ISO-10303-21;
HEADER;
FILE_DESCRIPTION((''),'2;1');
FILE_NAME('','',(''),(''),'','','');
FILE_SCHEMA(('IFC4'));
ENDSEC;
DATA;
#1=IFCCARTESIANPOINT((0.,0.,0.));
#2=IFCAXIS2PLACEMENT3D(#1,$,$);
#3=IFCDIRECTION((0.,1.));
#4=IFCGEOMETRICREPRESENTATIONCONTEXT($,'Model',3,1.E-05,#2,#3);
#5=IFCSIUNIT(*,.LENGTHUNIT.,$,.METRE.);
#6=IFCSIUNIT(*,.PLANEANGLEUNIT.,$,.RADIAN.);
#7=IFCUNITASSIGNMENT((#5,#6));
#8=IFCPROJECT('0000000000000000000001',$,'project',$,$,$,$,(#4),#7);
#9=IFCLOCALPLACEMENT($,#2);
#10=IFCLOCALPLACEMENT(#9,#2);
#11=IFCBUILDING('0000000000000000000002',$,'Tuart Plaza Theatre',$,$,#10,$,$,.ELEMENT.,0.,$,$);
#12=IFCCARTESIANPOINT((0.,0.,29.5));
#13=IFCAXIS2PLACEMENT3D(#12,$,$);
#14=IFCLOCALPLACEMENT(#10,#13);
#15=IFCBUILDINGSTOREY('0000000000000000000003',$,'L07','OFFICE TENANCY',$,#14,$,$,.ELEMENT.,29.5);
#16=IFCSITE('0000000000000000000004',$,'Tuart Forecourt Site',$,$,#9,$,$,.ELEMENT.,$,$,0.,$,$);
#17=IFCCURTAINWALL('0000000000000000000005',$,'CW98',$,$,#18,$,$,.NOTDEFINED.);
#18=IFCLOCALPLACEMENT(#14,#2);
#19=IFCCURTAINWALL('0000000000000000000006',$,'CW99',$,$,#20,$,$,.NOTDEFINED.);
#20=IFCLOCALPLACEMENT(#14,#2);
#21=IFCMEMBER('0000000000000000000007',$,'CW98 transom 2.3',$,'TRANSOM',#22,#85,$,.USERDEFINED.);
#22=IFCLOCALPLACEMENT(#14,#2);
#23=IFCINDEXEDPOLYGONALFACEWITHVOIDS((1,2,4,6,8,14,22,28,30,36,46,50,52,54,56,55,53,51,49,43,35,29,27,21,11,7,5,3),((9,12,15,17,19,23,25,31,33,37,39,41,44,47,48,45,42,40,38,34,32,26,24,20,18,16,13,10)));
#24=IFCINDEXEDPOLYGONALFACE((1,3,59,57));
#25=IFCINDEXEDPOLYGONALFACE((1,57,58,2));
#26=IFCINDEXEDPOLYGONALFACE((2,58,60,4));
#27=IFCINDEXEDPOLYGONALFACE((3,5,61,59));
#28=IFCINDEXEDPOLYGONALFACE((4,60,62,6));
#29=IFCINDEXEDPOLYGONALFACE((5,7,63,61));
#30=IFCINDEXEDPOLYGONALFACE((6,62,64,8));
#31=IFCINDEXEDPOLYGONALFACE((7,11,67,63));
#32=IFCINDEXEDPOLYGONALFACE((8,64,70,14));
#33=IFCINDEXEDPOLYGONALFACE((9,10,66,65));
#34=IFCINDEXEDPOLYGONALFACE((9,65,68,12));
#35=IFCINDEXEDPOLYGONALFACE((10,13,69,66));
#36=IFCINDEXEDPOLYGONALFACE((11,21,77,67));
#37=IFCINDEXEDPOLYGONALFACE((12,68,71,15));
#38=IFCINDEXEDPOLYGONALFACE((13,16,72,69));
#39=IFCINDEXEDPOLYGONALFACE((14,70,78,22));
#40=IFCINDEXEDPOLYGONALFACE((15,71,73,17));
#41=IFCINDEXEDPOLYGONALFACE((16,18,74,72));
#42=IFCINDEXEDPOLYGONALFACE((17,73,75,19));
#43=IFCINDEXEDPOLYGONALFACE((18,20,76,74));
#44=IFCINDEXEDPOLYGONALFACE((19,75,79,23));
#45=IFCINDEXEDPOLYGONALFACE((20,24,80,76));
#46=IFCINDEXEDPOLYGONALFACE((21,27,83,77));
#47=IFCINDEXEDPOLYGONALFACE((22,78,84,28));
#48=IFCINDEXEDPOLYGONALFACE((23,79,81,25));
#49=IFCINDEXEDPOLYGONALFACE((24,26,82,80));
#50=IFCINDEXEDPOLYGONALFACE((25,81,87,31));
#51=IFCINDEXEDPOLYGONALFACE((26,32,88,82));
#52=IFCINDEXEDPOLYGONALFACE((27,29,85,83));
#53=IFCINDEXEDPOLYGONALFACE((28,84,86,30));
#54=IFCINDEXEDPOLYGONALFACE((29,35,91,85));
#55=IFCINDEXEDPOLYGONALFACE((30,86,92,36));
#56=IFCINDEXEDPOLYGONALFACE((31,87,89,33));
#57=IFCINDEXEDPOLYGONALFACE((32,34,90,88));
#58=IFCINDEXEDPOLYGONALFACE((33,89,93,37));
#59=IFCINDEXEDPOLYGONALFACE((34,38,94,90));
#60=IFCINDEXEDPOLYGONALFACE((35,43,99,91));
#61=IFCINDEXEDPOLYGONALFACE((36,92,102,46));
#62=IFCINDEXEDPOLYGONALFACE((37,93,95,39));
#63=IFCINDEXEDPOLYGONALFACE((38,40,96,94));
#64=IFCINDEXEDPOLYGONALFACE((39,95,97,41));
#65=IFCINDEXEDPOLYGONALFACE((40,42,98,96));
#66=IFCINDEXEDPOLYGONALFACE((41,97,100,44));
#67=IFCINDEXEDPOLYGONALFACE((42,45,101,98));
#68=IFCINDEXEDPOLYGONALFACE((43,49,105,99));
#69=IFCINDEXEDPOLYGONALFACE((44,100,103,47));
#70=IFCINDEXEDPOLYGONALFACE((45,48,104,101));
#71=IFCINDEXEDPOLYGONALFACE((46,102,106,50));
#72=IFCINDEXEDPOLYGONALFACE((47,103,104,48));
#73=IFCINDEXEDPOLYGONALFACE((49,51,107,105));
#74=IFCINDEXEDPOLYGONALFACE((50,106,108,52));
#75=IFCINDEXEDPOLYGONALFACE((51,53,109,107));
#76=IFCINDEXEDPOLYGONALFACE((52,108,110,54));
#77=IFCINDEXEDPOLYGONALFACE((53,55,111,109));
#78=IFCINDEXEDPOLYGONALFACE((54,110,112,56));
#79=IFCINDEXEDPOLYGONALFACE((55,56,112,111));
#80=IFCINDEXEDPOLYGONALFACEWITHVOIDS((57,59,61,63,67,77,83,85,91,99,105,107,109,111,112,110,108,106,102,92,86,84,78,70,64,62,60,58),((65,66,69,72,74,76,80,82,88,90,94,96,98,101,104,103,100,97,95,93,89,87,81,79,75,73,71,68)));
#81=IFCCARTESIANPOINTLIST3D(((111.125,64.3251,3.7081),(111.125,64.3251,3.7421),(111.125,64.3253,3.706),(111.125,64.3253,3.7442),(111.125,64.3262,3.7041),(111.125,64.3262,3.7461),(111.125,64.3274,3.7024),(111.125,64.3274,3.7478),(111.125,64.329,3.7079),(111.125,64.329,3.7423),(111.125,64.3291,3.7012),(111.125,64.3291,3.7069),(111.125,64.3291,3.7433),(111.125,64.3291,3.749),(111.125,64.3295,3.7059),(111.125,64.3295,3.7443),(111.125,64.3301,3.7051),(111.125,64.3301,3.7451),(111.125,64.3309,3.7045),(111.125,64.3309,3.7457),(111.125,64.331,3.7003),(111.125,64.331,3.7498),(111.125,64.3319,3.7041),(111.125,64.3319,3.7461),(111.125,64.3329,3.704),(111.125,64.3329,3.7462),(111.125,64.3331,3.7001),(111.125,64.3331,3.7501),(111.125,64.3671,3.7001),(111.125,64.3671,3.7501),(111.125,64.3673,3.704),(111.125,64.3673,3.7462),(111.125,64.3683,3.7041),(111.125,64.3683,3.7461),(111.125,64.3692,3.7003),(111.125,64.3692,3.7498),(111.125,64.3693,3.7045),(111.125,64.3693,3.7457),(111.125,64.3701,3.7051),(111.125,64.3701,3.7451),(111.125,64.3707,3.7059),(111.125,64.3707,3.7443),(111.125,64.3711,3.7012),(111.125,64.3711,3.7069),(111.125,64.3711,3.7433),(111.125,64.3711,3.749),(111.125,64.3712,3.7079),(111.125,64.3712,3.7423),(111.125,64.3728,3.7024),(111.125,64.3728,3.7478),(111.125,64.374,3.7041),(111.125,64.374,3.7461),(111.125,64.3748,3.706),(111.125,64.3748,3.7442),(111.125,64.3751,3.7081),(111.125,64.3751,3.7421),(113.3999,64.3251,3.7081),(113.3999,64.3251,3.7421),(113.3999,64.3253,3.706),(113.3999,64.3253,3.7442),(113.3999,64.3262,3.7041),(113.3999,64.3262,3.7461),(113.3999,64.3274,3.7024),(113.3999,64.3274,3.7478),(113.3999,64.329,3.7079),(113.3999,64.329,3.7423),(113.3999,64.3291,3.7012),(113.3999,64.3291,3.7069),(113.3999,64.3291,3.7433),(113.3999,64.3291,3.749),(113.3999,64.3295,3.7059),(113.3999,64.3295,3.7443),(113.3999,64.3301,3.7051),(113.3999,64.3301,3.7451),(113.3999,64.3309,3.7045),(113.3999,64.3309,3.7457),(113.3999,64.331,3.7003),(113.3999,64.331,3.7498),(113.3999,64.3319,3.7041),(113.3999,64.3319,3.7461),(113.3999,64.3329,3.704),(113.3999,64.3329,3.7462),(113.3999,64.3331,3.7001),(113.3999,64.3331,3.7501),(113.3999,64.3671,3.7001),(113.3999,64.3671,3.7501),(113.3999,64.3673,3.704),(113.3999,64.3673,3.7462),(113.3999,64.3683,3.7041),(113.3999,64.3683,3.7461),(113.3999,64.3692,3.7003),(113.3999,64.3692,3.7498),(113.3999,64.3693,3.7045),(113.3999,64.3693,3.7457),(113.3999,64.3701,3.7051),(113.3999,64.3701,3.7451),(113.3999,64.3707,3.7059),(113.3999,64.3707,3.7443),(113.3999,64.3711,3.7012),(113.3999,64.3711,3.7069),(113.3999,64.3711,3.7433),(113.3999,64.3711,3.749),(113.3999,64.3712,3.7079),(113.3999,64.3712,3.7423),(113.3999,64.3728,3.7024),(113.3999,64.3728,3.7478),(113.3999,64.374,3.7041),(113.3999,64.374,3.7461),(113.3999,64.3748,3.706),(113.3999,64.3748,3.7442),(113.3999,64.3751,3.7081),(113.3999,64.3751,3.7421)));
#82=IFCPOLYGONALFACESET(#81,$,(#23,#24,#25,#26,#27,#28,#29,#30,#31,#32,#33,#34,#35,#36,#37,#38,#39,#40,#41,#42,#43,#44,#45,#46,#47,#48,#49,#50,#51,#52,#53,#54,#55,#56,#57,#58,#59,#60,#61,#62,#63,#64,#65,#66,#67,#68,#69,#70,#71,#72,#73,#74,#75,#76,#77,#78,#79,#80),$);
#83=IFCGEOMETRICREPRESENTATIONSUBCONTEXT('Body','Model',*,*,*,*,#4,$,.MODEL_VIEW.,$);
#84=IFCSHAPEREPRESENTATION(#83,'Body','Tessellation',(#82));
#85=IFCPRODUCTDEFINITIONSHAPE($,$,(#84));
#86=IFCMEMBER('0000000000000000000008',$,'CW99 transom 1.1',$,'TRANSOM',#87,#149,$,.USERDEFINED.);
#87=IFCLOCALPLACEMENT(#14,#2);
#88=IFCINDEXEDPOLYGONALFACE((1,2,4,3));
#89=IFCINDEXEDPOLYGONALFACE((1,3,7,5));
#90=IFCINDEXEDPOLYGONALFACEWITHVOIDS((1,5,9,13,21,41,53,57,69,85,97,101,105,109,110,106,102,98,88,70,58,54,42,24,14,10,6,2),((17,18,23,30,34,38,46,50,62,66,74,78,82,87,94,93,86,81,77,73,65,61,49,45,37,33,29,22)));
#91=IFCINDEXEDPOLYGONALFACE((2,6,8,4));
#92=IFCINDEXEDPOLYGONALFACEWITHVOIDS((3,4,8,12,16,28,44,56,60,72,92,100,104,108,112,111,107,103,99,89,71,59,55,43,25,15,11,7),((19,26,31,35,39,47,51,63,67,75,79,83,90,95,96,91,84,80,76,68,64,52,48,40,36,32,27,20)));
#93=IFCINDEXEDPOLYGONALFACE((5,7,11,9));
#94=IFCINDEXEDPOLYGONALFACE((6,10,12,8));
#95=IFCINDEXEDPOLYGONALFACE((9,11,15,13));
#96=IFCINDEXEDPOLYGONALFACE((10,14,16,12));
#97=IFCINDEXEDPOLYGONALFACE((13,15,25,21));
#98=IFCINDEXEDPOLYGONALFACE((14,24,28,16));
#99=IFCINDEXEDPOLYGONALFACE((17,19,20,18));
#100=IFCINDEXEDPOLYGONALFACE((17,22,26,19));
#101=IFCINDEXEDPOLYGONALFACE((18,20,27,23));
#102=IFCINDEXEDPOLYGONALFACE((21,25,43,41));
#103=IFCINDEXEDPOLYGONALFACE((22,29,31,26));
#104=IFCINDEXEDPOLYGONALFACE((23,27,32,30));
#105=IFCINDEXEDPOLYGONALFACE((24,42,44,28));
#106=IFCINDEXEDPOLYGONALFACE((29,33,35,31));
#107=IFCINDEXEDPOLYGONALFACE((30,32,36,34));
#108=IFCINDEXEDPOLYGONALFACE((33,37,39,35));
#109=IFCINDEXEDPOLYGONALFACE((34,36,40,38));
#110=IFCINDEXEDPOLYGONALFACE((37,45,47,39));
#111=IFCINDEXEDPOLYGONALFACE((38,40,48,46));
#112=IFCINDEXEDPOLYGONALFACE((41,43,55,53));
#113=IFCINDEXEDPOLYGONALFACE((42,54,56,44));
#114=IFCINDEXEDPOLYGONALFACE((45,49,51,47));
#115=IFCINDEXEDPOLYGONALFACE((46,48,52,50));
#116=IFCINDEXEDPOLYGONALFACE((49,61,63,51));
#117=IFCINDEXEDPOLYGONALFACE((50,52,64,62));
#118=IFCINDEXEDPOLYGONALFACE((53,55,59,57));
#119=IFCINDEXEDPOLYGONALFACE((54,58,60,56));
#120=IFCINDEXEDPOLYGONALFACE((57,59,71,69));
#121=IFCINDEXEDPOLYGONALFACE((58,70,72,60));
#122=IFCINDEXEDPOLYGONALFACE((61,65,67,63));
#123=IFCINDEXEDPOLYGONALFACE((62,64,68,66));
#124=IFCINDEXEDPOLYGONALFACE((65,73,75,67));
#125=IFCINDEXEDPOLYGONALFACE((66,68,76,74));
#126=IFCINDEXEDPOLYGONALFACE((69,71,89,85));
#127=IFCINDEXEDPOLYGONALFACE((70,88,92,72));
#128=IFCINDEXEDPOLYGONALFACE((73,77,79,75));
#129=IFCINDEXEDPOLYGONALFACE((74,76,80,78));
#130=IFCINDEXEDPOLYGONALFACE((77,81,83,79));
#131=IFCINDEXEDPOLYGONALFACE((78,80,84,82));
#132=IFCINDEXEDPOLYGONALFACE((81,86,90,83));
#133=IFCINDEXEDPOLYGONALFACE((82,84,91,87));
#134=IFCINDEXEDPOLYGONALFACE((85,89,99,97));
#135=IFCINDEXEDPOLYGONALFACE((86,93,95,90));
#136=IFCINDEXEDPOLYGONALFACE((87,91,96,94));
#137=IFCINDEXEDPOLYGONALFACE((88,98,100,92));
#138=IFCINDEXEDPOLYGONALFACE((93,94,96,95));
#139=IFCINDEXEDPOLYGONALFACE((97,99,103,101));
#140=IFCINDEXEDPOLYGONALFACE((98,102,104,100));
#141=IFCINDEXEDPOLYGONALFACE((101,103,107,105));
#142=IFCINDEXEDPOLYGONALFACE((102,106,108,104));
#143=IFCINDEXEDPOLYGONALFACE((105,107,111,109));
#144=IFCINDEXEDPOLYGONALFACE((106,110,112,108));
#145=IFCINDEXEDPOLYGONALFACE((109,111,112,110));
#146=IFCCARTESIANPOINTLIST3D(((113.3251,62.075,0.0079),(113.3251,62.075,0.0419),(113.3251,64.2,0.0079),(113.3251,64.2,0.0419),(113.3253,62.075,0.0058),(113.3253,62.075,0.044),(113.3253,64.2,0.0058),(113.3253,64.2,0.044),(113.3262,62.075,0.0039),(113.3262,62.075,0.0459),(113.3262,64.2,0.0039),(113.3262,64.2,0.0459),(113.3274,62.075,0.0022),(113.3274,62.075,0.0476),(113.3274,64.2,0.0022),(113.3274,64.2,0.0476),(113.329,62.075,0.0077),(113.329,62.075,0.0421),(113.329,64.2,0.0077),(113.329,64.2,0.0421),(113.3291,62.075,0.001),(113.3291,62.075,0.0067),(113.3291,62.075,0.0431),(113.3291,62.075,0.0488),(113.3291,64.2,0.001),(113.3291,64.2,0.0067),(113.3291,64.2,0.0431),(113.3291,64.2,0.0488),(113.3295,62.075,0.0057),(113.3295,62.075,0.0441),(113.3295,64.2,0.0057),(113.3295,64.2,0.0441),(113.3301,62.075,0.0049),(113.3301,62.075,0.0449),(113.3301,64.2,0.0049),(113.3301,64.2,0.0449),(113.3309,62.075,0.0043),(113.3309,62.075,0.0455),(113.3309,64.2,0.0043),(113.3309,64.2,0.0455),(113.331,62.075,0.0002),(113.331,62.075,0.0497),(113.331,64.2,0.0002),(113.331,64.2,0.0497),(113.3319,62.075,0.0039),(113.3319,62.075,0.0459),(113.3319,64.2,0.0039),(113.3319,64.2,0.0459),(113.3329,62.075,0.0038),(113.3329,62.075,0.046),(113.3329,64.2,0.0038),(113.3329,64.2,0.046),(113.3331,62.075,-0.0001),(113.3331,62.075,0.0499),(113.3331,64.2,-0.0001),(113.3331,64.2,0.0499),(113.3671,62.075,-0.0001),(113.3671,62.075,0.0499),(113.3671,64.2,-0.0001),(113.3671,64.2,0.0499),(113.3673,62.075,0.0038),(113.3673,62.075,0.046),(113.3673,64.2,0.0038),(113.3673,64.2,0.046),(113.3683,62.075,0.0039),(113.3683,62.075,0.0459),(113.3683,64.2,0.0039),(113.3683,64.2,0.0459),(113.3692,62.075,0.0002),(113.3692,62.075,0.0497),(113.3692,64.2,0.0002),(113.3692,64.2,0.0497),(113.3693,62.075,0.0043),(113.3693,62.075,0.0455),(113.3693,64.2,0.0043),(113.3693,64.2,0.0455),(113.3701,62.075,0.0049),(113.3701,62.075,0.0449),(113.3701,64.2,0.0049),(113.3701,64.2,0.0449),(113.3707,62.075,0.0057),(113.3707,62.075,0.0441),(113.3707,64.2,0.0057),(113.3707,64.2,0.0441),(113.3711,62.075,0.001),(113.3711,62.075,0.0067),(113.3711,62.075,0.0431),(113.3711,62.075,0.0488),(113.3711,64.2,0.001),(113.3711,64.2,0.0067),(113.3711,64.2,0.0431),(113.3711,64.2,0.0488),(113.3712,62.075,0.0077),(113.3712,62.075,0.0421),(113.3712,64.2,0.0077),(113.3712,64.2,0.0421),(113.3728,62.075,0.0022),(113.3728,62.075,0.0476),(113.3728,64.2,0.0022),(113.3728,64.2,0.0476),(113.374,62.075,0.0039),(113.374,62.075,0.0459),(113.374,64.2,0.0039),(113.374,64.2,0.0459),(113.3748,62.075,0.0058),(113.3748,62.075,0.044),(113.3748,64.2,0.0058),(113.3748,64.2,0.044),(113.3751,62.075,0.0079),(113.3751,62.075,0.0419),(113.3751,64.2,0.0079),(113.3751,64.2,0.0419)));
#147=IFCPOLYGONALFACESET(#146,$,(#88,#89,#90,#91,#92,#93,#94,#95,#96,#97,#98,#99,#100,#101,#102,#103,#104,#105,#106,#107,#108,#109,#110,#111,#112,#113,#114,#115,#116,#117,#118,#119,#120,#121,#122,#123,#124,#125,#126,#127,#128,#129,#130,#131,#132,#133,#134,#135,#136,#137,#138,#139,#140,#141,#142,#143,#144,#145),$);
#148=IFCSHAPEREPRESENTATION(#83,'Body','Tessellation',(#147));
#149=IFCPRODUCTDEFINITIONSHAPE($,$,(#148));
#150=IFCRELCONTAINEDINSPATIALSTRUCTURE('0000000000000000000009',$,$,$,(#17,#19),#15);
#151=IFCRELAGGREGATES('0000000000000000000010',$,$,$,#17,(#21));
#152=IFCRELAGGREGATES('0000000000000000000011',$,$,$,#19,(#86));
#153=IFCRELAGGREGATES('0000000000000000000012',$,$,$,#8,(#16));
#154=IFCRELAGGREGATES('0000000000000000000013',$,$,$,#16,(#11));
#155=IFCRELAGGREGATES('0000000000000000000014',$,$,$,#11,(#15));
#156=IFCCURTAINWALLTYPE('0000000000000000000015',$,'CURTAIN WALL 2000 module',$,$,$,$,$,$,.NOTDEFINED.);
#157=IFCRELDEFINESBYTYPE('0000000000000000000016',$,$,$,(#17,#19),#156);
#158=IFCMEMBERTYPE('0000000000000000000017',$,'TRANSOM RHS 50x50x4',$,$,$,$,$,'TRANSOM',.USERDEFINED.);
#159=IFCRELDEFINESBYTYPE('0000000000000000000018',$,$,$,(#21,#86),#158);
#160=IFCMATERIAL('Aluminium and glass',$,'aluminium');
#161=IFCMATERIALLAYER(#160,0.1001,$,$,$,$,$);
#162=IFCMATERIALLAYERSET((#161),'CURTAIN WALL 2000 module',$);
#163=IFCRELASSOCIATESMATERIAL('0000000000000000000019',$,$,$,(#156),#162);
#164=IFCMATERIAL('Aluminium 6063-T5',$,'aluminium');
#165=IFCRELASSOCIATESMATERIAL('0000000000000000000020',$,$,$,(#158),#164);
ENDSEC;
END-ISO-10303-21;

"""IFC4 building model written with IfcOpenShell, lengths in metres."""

from ifc_helpers import new_model, si_unit, direction, frame, origin, origin_2d, place, context, subcontext, project, spatial, hollow_rectangle, extrude, material, layer, layer_set, material_profile, profile_set, type_object, element, aggregate, save


model = new_model("IFC4")

# Units and contexts
model_context = context("Model", 3, precision=1e-05, world=origin(), true_north=direction((0.0, 1.0)))
body_context = subcontext(model_context, "Body", "Model", "MODEL_VIEW")
ifc_project = project(units=[si_unit("LENGTHUNIT", "METRE"), si_unit("PLANEANGLEUNIT", "RADIAN")], contexts=[model_context])

# Site, building, storey
site_placement = place(None, origin())
site = spatial("IfcSite", under=ifc_project, at=site_placement, Name="Tuart Forecourt Site", CompositionType="ELEMENT", RefElevation=0.0)
building_placement = place(site_placement, origin())
building = spatial("IfcBuilding", under=site, at=building_placement, Name="Tuart Plaza Theatre", CompositionType="ELEMENT", ElevationOfRefHeight=0.0)
storey_placement = place(building_placement, frame((0.0, 0.0, 29.5)))
storey = spatial("IfcBuildingStorey", under=building, at=storey_placement, Name="L07", Description="OFFICE TENANCY", CompositionType="ELEMENT", Elevation=29.5)

# Curtain walls
ifc_material_1 = material(Name="Aluminium and glass", Category="aluminium")
ifc_layer_1 = layer(ifc_material_1, 0.1001)
ifc_layer_set_1 = layer_set([ifc_layer_1], Name="CURTAIN WALL 2000 module")
curtain_wall_type = type_object("IfcCurtainWallType", Name="CURTAIN WALL 2000 module", PredefinedType="NOTDEFINED", material=ifc_layer_set_1)
curtain_wall_1_placement = place(storey_placement, origin())
curtain_wall_1 = element("IfcCurtainWall", 1, at=curtain_wall_1_placement, inside=storey, type_object=curtain_wall_type, Name="CW98", PredefinedType="NOTDEFINED")
curtain_wall_2_placement = place(storey_placement, origin())
curtain_wall_2 = element("IfcCurtainWall", 2, at=curtain_wall_2_placement, inside=storey, type_object=curtain_wall_type, Name="CW99", PredefinedType="NOTDEFINED")

# Members
ifc_material_2 = material(Name="Aluminium 6063-T5", Category="aluminium")
ifc_material_profile_1 = material_profile(ifc_material_2, hollow_rectangle(XDim=0.05, YDim=0.05, WallThickness=0.0039, InnerFilletRadius=0.0039, OuterFilletRadius=0.0081, at=origin_2d()), Name="RHS 50x50x4")
ifc_profile_set_1 = profile_set([ifc_material_profile_1], Name="Aluminium 6063-T5")
member_type_1 = type_object("IfcMemberType", Name="TRANSOM RHS 50x50x4", ElementType="TRANSOM", PredefinedType="USERDEFINED", material=ifc_profile_set_1)
member_1_placement = place(storey_placement, frame((111.125, 64.3501, 3.7251), z_axis=(1.0, 0.0, 0.0), x_axis=(0.0, 1.0, 0.0)))
member_1 = element("IfcMember", 3, at=member_1_placement, type_object=member_type_1, Name="CW98 transom 2.3", ObjectType="TRANSOM", PredefinedType="USERDEFINED", context=body_context, shape_type="SweptSolid", body=[
    extrude(hollow_rectangle(XDim=0.05, YDim=0.05, WallThickness=0.0039, InnerFilletRadius=0.0039, OuterFilletRadius=0.0081, at=origin_2d()), origin(), (0.0, 0.0, 1.0), 2.2749),
])
member_2_placement = place(storey_placement, frame((113.3501, 64.2, 0.0249), z_axis=(0.0, -1.0, 0.0), x_axis=(1.0, 0.0, 0.0)))
member_2 = element("IfcMember", 4, at=member_2_placement, type_object=member_type_1, Name="CW99 transom 1.1", ObjectType="TRANSOM", PredefinedType="USERDEFINED", context=body_context, shape_type="SweptSolid", body=[
    extrude(hollow_rectangle(XDim=0.05, YDim=0.05, WallThickness=0.0039, InnerFilletRadius=0.0039, OuterFilletRadius=0.0081, at=origin_2d()), origin(), (0.0, 0.0, 1.0), 2.125),
])

aggregate(curtain_wall_1, [member_1])
aggregate(curtain_wall_2, [member_2])

save(model, "model.ifc")
